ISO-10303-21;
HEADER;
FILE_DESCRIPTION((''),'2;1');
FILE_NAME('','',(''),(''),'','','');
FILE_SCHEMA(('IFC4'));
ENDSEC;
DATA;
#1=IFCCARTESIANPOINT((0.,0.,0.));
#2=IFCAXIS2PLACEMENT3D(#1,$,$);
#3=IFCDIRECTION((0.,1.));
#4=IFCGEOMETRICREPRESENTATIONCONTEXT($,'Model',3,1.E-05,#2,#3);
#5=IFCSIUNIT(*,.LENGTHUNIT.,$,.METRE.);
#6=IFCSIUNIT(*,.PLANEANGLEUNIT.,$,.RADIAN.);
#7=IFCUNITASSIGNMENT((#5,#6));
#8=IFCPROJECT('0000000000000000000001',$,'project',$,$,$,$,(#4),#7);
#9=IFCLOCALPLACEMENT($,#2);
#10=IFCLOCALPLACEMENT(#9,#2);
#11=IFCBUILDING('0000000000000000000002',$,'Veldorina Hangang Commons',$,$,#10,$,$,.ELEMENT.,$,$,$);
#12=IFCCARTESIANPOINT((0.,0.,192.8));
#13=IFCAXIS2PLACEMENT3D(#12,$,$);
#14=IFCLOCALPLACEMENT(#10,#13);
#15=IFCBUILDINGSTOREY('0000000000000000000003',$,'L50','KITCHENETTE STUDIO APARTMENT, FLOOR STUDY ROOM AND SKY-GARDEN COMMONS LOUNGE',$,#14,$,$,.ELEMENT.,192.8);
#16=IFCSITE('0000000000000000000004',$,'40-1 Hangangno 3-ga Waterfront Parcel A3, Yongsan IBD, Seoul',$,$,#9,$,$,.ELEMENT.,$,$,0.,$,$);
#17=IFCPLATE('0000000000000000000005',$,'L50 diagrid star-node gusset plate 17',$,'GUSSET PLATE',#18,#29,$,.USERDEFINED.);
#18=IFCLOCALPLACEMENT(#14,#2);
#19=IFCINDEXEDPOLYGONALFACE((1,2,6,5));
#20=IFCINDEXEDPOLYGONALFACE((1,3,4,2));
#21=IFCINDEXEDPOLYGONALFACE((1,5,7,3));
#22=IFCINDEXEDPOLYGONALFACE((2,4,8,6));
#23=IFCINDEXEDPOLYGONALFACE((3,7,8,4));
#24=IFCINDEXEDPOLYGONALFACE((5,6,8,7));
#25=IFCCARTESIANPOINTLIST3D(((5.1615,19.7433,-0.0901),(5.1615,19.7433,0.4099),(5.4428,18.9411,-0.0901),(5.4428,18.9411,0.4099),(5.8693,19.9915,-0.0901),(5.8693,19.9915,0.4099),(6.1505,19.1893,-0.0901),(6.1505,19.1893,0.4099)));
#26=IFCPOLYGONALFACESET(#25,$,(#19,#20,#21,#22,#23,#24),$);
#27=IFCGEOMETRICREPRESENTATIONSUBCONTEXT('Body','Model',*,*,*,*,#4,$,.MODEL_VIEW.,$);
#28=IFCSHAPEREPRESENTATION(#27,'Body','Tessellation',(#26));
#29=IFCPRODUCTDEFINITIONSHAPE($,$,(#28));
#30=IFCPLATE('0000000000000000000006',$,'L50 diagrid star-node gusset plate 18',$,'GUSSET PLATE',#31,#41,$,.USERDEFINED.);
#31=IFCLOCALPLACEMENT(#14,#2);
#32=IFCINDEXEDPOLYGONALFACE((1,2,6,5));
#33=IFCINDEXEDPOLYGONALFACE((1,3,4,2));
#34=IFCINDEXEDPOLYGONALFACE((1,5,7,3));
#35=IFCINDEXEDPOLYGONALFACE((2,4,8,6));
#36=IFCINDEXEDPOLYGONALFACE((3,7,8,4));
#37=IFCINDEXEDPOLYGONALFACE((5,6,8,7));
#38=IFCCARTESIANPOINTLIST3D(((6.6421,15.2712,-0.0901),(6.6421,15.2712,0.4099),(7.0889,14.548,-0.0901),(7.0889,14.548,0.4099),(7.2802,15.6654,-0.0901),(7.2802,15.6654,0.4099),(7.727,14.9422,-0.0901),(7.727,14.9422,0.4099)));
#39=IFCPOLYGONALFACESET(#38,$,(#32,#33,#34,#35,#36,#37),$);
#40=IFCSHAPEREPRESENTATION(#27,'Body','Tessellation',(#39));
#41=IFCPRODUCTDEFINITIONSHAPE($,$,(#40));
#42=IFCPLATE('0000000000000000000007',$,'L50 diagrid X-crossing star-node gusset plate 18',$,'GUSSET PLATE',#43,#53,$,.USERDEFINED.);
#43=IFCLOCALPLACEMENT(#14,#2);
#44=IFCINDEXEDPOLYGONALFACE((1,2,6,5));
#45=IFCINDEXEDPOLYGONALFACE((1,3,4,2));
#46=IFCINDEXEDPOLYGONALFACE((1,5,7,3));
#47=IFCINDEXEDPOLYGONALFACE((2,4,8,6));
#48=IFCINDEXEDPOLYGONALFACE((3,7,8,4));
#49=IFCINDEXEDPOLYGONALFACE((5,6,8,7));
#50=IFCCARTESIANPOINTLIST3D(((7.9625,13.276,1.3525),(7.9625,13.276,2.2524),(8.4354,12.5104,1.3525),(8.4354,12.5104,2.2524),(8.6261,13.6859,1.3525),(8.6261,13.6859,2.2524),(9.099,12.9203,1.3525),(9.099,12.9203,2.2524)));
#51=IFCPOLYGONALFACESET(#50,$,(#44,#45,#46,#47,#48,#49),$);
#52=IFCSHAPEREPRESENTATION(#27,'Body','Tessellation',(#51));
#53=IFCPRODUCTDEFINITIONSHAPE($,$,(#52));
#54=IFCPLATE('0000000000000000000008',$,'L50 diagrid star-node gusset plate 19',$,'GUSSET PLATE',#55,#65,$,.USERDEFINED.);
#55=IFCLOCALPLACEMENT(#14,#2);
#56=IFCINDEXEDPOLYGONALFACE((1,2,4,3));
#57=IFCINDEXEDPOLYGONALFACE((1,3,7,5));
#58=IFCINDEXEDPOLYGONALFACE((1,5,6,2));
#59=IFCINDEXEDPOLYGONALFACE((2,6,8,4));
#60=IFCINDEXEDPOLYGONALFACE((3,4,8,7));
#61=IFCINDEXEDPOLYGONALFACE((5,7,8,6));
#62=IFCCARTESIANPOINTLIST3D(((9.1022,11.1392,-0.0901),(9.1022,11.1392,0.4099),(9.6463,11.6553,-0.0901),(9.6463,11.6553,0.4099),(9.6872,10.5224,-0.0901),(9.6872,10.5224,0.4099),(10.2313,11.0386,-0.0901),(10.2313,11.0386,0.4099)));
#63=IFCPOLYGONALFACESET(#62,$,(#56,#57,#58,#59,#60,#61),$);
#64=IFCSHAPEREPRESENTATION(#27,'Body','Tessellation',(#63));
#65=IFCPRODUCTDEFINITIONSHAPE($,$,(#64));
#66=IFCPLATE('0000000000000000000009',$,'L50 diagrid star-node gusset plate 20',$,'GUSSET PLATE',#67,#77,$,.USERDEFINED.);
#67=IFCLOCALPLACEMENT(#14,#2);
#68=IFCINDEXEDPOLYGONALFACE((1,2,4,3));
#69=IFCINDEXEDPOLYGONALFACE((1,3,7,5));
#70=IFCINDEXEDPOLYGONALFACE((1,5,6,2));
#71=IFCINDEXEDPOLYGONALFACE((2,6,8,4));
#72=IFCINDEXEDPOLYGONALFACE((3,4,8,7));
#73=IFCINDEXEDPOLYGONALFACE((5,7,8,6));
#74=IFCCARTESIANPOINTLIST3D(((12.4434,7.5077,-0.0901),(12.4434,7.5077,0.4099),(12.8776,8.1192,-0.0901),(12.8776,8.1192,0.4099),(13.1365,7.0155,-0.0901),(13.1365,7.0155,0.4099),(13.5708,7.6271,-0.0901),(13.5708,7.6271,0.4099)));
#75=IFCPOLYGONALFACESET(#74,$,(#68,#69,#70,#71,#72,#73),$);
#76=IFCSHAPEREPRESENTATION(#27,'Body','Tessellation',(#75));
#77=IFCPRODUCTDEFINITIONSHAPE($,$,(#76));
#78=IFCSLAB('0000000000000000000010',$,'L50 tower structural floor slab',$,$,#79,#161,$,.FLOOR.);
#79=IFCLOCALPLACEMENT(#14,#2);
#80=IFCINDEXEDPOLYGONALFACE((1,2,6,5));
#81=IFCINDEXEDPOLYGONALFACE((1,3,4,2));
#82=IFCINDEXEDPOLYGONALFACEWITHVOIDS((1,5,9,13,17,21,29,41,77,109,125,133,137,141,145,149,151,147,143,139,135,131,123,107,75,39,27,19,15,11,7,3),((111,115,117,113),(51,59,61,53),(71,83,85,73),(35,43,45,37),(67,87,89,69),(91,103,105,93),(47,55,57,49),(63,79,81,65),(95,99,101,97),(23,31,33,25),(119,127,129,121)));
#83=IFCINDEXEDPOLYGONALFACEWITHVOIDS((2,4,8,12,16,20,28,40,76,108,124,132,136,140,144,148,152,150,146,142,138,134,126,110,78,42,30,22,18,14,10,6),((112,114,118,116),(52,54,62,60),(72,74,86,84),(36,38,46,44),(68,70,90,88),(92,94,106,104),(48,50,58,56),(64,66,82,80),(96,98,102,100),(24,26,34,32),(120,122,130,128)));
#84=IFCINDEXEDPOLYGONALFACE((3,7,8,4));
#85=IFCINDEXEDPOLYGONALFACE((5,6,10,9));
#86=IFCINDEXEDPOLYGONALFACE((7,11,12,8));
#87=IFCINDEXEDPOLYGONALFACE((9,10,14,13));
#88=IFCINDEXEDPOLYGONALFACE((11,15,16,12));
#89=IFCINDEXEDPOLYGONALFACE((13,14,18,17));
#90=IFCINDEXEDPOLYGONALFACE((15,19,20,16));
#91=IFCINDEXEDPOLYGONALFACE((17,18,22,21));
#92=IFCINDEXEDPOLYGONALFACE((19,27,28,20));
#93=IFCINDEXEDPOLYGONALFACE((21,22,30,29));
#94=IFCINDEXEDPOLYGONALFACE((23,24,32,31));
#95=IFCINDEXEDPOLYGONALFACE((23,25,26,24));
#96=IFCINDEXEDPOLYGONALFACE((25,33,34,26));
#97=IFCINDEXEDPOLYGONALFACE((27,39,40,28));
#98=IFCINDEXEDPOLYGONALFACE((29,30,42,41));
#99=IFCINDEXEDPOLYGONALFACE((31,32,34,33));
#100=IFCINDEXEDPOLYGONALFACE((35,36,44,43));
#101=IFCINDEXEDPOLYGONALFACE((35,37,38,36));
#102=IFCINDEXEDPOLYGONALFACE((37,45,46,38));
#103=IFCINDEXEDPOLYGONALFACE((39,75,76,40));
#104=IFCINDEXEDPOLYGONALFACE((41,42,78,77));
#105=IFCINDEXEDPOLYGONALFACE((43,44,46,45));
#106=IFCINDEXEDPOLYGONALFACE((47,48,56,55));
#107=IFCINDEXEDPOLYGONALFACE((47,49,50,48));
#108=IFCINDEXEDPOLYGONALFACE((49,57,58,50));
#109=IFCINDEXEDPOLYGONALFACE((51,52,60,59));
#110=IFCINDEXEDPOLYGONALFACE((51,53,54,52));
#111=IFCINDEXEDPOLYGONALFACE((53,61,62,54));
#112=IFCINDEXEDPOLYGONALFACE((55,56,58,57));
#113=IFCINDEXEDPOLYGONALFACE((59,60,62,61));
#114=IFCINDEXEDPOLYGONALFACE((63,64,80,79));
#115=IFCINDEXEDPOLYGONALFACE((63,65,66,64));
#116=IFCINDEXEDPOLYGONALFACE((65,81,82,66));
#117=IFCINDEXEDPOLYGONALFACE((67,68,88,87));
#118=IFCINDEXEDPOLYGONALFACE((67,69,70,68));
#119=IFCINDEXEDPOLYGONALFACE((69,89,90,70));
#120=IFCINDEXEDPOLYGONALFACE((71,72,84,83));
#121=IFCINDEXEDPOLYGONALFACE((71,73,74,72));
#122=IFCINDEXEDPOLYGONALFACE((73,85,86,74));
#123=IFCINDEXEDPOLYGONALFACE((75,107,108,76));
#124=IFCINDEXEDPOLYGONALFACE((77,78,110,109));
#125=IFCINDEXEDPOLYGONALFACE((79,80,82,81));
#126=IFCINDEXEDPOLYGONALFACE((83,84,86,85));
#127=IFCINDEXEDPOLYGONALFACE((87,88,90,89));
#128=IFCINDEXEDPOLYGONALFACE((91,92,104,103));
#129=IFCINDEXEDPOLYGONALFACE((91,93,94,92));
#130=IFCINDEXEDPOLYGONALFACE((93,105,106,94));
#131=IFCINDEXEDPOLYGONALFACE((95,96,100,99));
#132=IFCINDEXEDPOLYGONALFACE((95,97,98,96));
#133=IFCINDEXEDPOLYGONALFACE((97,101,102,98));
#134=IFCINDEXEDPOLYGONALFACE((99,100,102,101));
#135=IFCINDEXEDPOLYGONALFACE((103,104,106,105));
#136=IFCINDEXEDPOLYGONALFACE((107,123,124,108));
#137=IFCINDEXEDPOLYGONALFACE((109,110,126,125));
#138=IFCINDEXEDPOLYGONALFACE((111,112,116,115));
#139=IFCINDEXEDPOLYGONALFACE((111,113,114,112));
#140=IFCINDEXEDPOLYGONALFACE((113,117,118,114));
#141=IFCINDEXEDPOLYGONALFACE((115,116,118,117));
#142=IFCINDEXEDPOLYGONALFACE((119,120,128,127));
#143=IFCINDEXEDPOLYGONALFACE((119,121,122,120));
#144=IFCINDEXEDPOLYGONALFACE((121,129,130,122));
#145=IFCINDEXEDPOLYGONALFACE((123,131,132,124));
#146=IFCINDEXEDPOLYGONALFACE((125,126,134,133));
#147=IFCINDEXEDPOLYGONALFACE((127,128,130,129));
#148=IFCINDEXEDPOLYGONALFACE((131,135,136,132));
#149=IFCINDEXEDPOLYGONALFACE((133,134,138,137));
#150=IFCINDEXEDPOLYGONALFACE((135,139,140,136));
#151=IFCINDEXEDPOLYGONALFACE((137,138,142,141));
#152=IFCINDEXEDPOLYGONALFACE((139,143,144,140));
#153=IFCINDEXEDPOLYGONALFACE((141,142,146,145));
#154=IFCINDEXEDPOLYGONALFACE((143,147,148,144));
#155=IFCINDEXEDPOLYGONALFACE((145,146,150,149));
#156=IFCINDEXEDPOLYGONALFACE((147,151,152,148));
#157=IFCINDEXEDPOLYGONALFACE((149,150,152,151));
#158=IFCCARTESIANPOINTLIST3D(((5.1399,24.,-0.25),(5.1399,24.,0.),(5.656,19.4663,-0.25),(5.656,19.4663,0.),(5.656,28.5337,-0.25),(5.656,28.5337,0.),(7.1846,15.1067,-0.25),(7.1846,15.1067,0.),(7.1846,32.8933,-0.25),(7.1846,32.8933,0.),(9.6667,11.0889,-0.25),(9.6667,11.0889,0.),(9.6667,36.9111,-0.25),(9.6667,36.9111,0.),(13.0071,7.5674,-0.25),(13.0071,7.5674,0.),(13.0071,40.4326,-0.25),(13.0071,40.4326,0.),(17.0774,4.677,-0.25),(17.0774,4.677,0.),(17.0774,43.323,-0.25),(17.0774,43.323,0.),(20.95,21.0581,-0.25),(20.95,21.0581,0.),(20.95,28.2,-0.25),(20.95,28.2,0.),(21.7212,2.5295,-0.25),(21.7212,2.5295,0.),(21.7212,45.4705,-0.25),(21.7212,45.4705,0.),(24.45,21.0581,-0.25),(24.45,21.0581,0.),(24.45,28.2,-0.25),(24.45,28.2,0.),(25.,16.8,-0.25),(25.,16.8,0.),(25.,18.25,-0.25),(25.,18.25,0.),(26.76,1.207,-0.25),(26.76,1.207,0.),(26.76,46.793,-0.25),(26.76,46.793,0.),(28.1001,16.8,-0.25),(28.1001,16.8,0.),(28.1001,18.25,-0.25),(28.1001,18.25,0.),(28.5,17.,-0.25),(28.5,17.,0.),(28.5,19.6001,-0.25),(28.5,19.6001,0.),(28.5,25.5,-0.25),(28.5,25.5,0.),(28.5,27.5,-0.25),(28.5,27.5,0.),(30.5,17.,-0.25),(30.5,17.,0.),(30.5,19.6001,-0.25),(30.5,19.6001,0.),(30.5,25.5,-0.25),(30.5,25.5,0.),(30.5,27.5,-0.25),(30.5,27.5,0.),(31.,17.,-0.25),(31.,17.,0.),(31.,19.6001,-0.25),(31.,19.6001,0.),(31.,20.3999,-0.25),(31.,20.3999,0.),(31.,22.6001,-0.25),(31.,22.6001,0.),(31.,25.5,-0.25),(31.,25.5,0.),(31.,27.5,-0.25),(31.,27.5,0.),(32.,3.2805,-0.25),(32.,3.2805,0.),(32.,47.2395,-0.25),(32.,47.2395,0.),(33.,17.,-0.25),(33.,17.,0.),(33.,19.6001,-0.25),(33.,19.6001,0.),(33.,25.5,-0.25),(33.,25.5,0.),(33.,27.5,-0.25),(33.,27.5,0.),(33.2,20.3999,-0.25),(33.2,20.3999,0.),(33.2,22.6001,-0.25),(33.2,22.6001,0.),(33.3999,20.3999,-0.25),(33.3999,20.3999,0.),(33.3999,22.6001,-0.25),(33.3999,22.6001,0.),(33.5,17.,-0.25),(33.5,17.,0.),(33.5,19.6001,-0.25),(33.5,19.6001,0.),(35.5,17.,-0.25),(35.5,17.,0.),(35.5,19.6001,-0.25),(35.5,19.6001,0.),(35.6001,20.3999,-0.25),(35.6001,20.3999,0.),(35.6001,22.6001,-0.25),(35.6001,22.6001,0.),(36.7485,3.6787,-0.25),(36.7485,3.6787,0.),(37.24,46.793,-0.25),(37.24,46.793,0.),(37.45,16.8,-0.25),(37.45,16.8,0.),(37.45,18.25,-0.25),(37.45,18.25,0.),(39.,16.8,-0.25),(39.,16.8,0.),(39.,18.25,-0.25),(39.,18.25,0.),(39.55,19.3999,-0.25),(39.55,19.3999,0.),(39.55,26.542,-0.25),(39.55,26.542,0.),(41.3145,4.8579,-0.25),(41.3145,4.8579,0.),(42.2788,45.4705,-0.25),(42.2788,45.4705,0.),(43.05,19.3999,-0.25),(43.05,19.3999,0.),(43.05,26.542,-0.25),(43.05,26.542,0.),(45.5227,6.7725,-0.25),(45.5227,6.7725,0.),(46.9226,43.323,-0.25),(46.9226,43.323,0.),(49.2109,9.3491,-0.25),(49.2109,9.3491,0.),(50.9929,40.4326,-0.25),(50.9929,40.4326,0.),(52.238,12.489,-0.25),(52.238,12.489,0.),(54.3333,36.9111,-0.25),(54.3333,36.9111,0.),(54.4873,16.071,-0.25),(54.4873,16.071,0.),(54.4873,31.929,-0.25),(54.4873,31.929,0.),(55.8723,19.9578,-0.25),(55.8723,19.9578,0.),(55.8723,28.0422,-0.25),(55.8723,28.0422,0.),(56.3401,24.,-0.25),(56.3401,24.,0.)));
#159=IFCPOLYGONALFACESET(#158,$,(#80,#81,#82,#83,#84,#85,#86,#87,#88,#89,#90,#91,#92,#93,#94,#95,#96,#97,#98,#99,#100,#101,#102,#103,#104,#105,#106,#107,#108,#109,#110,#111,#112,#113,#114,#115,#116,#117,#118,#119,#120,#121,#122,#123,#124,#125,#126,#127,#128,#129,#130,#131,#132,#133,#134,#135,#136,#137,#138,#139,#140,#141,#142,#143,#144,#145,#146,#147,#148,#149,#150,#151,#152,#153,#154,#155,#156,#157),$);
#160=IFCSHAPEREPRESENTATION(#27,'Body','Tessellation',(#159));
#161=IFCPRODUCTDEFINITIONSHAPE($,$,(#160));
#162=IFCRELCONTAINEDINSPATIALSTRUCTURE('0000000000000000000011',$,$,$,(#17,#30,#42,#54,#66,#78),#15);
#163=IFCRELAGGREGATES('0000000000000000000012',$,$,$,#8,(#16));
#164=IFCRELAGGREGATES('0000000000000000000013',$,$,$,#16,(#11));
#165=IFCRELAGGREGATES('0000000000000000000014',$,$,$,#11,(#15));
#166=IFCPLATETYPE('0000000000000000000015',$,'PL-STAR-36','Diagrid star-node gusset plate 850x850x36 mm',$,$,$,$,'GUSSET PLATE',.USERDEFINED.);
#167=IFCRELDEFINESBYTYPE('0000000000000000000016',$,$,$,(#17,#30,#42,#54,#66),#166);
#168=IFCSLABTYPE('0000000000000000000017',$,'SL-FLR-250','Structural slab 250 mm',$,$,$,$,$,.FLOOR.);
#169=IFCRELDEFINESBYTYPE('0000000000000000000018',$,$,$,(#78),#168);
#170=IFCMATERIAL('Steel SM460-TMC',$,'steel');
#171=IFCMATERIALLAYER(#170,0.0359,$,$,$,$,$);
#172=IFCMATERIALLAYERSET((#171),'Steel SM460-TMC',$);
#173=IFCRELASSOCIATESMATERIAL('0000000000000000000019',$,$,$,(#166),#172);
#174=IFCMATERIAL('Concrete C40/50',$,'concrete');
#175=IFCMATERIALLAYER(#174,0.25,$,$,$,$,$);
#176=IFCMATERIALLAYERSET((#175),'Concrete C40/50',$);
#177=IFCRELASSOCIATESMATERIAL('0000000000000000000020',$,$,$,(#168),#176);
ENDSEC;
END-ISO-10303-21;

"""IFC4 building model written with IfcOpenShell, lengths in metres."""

from ifc_helpers import new_model, si_unit, direction, frame, origin, origin_2d, place, context, subcontext, project, spatial, polyline, rectangle, outline, extrude, material, layer, layer_set, type_object, element, save


model = new_model("IFC4")

# Units and contexts
model_context = context("Model", 3, precision=1e-05, world=origin(), true_north=direction((0.0, 1.0)))
body_context = subcontext(model_context, "Body", "Model", "MODEL_VIEW")
ifc_project = project(units=[si_unit("LENGTHUNIT", "METRE"), si_unit("PLANEANGLEUNIT", "RADIAN")], contexts=[model_context])

# Site, building, storey
site_placement = place(None, origin())
site = spatial("IfcSite", under=ifc_project, at=site_placement, Name="40-1 Hangangno 3-ga Waterfront Parcel A3, Yongsan IBD, Seoul", CompositionType="ELEMENT", RefElevation=0.0)
building_placement = place(site_placement, origin())
building = spatial("IfcBuilding", under=site, at=building_placement, Name="Veldorina Hangang Commons", CompositionType="ELEMENT")
storey_placement = place(building_placement, frame((0.0, 0.0, 192.8)))
storey = spatial("IfcBuildingStorey", under=building, at=storey_placement, Name="L50", Description="KITCHENETTE STUDIO APARTMENT, FLOOR STUDY ROOM AND SKY-GARDEN COMMONS LOUNGE", CompositionType="ELEMENT", Elevation=192.8)

# Plates
ifc_material_1 = material(Name="Steel SM460-TMC", Category="steel")
ifc_layer_1 = layer(ifc_material_1, 0.0359)
ifc_layer_set_1 = layer_set([ifc_layer_1], Name="Steel SM460-TMC")
plate_type = type_object("IfcPlateType", Name="PL-STAR-36", Description="Diagrid star-node gusset plate 850x850x36 mm", ElementType="GUSSET PLATE", PredefinedType="USERDEFINED", material=ifc_layer_set_1)
for number, where, z_axis, x_axis, name in (
    (1, (5.656, 19.4663, -0.0901), (0.0, 0.0, 1.0), (0.33086, -0.94368, 0.0), "L50 diagrid star-node gusset plate 17"),
    (2, (7.1846, 15.1067, -0.0901), (0.0, 0.0, 1.0), (0.525576, -0.850747, 0.0), "L50 diagrid star-node gusset plate 18"),
):
    element("IfcPlate", number, at=place(storey_placement, frame(where, z_axis=z_axis, x_axis=x_axis)), inside=storey, type_object=plate_type, Name=name, ObjectType="GUSSET PLATE", PredefinedType="USERDEFINED", context=body_context, shape_type="SweptSolid", body=[
        extrude(rectangle(XDim=0.8501, YDim=0.75, at=origin_2d()), origin(), (0.0, 0.0, 1.0), 0.5),
    ])
plate_1_placement = place(storey_placement, frame((8.5308, 13.0981, 1.3525), z_axis=(0.0, 0.0, 1.0), x_axis=(0.525576, -0.850747, 0.0)))
element("IfcPlate", 3, at=plate_1_placement, inside=storey, type_object=plate_type, Name="L50 diagrid X-crossing star-node gusset plate 18", ObjectType="GUSSET PLATE", PredefinedType="USERDEFINED", context=body_context, shape_type="SweptSolid", body=[
    extrude(rectangle(XDim=0.8999, YDim=0.78, at=origin_2d()), origin(), (0.0, 0.0, 1.0), 0.8999),
])
for number, where, z_axis, x_axis, name in (
    (4, (9.6667, 11.0889, -0.0901), (0.0, 0.0, 1.0), (0.68819, -0.725531, 0.0), "L50 diagrid star-node gusset plate 19"),
    (5, (13.0071, 7.5674, -0.0901), (0.0, 0.0, 1.0), (0.81536, -0.578954, 0.0), "L50 diagrid star-node gusset plate 20"),
):
    element("IfcPlate", number, at=place(storey_placement, frame(where, z_axis=z_axis, x_axis=x_axis)), inside=storey, type_object=plate_type, Name=name, ObjectType="GUSSET PLATE", PredefinedType="USERDEFINED", context=body_context, shape_type="SweptSolid", body=[
        extrude(rectangle(XDim=0.8501, YDim=0.75, at=origin_2d()), origin(), (0.0, 0.0, 1.0), 0.5),
    ])

# Slab
ifc_material_2 = material(Name="Concrete C40/50", Category="concrete")
ifc_layer_2 = layer(ifc_material_2, 0.25)
ifc_layer_set_2 = layer_set([ifc_layer_2], Name="Concrete C40/50")
slab_type_1 = type_object("IfcSlabType", Name="SL-FLR-250", Description="Structural slab 250 mm", PredefinedType="FLOOR", material=ifc_layer_set_2)
slab_1_placement = place(storey_placement, frame((0.0, 0.0, -0.25)))
element("IfcSlab", 6, at=slab_1_placement, inside=storey, type_object=slab_type_1, Name="L50 tower structural floor slab", PredefinedType="FLOOR", context=body_context, shape_type="SweptSolid", body=[
    extrude(outline(polyline([(56.3401, 24.0), (55.8723, 28.0422), (54.4873, 31.929), (54.3333, 36.9111), (50.9929, 40.4326), (46.9226, 43.323), (42.2788, 45.4705), (37.24, 46.793), (32.0, 47.2395), (26.76, 46.793), (21.7212, 45.4705), (17.0774, 43.323), (13.0071, 40.4326), (9.6667, 36.9111), (7.1846, 32.8933), (5.656, 28.5337), (5.1399, 24.0), (5.656, 19.4663), (7.1846, 15.1067), (9.6667, 11.0889), (13.0071, 7.5674), (17.0774, 4.677), (21.7212, 2.5295), (26.76, 1.207), (32.0, 3.2805), (36.7485, 3.6787), (41.3145, 4.8579), (45.5227, 6.7725), (49.2109, 9.3491), (52.238, 12.489), (54.4873, 16.071), (55.8723, 19.9578), (56.3401, 24.0)]), holes=[polyline([(20.95, 21.0581), (20.95, 28.2), (24.45, 28.2), (24.45, 21.0581), (20.95, 21.0581)]), polyline([(43.05, 26.542), (43.05, 19.3999), (39.55, 19.3999), (39.55, 26.542), (43.05, 26.542)]), polyline([(28.5, 27.5), (30.5, 27.5), (30.5, 25.5), (28.5, 25.5), (28.5, 27.5)]), polyline([(31.0, 27.5), (33.0, 27.5), (33.0, 25.5), (31.0, 25.5), (31.0, 27.5)]), polyline([(31.0, 22.6001), (33.2, 22.6001), (33.2, 20.3999), (31.0, 20.3999), (31.0, 22.6001)]), polyline([(33.3999, 22.6001), (35.6001, 22.6001), (35.6001, 20.3999), (33.3999, 20.3999), (33.3999, 22.6001)]), polyline([(28.5, 19.6001), (30.5, 19.6001), (30.5, 17.0), (28.5, 17.0), (28.5, 19.6001)]), polyline([(31.0, 19.6001), (33.0, 19.6001), (33.0, 17.0), (31.0, 17.0), (31.0, 19.6001)]), polyline([(33.5, 19.6001), (35.5, 19.6001), (35.5, 17.0), (33.5, 17.0), (33.5, 19.6001)]), polyline([(25.0, 18.25), (28.1001, 18.25), (28.1001, 16.8), (25.0, 16.8), (25.0, 18.25)]), polyline([(37.45, 18.25), (39.0, 18.25), (39.0, 16.8), (37.45, 16.8), (37.45, 18.25)])]), origin(), (0.0, 0.0, 1.0), 0.25),
])

save(model, "model.ifc")
